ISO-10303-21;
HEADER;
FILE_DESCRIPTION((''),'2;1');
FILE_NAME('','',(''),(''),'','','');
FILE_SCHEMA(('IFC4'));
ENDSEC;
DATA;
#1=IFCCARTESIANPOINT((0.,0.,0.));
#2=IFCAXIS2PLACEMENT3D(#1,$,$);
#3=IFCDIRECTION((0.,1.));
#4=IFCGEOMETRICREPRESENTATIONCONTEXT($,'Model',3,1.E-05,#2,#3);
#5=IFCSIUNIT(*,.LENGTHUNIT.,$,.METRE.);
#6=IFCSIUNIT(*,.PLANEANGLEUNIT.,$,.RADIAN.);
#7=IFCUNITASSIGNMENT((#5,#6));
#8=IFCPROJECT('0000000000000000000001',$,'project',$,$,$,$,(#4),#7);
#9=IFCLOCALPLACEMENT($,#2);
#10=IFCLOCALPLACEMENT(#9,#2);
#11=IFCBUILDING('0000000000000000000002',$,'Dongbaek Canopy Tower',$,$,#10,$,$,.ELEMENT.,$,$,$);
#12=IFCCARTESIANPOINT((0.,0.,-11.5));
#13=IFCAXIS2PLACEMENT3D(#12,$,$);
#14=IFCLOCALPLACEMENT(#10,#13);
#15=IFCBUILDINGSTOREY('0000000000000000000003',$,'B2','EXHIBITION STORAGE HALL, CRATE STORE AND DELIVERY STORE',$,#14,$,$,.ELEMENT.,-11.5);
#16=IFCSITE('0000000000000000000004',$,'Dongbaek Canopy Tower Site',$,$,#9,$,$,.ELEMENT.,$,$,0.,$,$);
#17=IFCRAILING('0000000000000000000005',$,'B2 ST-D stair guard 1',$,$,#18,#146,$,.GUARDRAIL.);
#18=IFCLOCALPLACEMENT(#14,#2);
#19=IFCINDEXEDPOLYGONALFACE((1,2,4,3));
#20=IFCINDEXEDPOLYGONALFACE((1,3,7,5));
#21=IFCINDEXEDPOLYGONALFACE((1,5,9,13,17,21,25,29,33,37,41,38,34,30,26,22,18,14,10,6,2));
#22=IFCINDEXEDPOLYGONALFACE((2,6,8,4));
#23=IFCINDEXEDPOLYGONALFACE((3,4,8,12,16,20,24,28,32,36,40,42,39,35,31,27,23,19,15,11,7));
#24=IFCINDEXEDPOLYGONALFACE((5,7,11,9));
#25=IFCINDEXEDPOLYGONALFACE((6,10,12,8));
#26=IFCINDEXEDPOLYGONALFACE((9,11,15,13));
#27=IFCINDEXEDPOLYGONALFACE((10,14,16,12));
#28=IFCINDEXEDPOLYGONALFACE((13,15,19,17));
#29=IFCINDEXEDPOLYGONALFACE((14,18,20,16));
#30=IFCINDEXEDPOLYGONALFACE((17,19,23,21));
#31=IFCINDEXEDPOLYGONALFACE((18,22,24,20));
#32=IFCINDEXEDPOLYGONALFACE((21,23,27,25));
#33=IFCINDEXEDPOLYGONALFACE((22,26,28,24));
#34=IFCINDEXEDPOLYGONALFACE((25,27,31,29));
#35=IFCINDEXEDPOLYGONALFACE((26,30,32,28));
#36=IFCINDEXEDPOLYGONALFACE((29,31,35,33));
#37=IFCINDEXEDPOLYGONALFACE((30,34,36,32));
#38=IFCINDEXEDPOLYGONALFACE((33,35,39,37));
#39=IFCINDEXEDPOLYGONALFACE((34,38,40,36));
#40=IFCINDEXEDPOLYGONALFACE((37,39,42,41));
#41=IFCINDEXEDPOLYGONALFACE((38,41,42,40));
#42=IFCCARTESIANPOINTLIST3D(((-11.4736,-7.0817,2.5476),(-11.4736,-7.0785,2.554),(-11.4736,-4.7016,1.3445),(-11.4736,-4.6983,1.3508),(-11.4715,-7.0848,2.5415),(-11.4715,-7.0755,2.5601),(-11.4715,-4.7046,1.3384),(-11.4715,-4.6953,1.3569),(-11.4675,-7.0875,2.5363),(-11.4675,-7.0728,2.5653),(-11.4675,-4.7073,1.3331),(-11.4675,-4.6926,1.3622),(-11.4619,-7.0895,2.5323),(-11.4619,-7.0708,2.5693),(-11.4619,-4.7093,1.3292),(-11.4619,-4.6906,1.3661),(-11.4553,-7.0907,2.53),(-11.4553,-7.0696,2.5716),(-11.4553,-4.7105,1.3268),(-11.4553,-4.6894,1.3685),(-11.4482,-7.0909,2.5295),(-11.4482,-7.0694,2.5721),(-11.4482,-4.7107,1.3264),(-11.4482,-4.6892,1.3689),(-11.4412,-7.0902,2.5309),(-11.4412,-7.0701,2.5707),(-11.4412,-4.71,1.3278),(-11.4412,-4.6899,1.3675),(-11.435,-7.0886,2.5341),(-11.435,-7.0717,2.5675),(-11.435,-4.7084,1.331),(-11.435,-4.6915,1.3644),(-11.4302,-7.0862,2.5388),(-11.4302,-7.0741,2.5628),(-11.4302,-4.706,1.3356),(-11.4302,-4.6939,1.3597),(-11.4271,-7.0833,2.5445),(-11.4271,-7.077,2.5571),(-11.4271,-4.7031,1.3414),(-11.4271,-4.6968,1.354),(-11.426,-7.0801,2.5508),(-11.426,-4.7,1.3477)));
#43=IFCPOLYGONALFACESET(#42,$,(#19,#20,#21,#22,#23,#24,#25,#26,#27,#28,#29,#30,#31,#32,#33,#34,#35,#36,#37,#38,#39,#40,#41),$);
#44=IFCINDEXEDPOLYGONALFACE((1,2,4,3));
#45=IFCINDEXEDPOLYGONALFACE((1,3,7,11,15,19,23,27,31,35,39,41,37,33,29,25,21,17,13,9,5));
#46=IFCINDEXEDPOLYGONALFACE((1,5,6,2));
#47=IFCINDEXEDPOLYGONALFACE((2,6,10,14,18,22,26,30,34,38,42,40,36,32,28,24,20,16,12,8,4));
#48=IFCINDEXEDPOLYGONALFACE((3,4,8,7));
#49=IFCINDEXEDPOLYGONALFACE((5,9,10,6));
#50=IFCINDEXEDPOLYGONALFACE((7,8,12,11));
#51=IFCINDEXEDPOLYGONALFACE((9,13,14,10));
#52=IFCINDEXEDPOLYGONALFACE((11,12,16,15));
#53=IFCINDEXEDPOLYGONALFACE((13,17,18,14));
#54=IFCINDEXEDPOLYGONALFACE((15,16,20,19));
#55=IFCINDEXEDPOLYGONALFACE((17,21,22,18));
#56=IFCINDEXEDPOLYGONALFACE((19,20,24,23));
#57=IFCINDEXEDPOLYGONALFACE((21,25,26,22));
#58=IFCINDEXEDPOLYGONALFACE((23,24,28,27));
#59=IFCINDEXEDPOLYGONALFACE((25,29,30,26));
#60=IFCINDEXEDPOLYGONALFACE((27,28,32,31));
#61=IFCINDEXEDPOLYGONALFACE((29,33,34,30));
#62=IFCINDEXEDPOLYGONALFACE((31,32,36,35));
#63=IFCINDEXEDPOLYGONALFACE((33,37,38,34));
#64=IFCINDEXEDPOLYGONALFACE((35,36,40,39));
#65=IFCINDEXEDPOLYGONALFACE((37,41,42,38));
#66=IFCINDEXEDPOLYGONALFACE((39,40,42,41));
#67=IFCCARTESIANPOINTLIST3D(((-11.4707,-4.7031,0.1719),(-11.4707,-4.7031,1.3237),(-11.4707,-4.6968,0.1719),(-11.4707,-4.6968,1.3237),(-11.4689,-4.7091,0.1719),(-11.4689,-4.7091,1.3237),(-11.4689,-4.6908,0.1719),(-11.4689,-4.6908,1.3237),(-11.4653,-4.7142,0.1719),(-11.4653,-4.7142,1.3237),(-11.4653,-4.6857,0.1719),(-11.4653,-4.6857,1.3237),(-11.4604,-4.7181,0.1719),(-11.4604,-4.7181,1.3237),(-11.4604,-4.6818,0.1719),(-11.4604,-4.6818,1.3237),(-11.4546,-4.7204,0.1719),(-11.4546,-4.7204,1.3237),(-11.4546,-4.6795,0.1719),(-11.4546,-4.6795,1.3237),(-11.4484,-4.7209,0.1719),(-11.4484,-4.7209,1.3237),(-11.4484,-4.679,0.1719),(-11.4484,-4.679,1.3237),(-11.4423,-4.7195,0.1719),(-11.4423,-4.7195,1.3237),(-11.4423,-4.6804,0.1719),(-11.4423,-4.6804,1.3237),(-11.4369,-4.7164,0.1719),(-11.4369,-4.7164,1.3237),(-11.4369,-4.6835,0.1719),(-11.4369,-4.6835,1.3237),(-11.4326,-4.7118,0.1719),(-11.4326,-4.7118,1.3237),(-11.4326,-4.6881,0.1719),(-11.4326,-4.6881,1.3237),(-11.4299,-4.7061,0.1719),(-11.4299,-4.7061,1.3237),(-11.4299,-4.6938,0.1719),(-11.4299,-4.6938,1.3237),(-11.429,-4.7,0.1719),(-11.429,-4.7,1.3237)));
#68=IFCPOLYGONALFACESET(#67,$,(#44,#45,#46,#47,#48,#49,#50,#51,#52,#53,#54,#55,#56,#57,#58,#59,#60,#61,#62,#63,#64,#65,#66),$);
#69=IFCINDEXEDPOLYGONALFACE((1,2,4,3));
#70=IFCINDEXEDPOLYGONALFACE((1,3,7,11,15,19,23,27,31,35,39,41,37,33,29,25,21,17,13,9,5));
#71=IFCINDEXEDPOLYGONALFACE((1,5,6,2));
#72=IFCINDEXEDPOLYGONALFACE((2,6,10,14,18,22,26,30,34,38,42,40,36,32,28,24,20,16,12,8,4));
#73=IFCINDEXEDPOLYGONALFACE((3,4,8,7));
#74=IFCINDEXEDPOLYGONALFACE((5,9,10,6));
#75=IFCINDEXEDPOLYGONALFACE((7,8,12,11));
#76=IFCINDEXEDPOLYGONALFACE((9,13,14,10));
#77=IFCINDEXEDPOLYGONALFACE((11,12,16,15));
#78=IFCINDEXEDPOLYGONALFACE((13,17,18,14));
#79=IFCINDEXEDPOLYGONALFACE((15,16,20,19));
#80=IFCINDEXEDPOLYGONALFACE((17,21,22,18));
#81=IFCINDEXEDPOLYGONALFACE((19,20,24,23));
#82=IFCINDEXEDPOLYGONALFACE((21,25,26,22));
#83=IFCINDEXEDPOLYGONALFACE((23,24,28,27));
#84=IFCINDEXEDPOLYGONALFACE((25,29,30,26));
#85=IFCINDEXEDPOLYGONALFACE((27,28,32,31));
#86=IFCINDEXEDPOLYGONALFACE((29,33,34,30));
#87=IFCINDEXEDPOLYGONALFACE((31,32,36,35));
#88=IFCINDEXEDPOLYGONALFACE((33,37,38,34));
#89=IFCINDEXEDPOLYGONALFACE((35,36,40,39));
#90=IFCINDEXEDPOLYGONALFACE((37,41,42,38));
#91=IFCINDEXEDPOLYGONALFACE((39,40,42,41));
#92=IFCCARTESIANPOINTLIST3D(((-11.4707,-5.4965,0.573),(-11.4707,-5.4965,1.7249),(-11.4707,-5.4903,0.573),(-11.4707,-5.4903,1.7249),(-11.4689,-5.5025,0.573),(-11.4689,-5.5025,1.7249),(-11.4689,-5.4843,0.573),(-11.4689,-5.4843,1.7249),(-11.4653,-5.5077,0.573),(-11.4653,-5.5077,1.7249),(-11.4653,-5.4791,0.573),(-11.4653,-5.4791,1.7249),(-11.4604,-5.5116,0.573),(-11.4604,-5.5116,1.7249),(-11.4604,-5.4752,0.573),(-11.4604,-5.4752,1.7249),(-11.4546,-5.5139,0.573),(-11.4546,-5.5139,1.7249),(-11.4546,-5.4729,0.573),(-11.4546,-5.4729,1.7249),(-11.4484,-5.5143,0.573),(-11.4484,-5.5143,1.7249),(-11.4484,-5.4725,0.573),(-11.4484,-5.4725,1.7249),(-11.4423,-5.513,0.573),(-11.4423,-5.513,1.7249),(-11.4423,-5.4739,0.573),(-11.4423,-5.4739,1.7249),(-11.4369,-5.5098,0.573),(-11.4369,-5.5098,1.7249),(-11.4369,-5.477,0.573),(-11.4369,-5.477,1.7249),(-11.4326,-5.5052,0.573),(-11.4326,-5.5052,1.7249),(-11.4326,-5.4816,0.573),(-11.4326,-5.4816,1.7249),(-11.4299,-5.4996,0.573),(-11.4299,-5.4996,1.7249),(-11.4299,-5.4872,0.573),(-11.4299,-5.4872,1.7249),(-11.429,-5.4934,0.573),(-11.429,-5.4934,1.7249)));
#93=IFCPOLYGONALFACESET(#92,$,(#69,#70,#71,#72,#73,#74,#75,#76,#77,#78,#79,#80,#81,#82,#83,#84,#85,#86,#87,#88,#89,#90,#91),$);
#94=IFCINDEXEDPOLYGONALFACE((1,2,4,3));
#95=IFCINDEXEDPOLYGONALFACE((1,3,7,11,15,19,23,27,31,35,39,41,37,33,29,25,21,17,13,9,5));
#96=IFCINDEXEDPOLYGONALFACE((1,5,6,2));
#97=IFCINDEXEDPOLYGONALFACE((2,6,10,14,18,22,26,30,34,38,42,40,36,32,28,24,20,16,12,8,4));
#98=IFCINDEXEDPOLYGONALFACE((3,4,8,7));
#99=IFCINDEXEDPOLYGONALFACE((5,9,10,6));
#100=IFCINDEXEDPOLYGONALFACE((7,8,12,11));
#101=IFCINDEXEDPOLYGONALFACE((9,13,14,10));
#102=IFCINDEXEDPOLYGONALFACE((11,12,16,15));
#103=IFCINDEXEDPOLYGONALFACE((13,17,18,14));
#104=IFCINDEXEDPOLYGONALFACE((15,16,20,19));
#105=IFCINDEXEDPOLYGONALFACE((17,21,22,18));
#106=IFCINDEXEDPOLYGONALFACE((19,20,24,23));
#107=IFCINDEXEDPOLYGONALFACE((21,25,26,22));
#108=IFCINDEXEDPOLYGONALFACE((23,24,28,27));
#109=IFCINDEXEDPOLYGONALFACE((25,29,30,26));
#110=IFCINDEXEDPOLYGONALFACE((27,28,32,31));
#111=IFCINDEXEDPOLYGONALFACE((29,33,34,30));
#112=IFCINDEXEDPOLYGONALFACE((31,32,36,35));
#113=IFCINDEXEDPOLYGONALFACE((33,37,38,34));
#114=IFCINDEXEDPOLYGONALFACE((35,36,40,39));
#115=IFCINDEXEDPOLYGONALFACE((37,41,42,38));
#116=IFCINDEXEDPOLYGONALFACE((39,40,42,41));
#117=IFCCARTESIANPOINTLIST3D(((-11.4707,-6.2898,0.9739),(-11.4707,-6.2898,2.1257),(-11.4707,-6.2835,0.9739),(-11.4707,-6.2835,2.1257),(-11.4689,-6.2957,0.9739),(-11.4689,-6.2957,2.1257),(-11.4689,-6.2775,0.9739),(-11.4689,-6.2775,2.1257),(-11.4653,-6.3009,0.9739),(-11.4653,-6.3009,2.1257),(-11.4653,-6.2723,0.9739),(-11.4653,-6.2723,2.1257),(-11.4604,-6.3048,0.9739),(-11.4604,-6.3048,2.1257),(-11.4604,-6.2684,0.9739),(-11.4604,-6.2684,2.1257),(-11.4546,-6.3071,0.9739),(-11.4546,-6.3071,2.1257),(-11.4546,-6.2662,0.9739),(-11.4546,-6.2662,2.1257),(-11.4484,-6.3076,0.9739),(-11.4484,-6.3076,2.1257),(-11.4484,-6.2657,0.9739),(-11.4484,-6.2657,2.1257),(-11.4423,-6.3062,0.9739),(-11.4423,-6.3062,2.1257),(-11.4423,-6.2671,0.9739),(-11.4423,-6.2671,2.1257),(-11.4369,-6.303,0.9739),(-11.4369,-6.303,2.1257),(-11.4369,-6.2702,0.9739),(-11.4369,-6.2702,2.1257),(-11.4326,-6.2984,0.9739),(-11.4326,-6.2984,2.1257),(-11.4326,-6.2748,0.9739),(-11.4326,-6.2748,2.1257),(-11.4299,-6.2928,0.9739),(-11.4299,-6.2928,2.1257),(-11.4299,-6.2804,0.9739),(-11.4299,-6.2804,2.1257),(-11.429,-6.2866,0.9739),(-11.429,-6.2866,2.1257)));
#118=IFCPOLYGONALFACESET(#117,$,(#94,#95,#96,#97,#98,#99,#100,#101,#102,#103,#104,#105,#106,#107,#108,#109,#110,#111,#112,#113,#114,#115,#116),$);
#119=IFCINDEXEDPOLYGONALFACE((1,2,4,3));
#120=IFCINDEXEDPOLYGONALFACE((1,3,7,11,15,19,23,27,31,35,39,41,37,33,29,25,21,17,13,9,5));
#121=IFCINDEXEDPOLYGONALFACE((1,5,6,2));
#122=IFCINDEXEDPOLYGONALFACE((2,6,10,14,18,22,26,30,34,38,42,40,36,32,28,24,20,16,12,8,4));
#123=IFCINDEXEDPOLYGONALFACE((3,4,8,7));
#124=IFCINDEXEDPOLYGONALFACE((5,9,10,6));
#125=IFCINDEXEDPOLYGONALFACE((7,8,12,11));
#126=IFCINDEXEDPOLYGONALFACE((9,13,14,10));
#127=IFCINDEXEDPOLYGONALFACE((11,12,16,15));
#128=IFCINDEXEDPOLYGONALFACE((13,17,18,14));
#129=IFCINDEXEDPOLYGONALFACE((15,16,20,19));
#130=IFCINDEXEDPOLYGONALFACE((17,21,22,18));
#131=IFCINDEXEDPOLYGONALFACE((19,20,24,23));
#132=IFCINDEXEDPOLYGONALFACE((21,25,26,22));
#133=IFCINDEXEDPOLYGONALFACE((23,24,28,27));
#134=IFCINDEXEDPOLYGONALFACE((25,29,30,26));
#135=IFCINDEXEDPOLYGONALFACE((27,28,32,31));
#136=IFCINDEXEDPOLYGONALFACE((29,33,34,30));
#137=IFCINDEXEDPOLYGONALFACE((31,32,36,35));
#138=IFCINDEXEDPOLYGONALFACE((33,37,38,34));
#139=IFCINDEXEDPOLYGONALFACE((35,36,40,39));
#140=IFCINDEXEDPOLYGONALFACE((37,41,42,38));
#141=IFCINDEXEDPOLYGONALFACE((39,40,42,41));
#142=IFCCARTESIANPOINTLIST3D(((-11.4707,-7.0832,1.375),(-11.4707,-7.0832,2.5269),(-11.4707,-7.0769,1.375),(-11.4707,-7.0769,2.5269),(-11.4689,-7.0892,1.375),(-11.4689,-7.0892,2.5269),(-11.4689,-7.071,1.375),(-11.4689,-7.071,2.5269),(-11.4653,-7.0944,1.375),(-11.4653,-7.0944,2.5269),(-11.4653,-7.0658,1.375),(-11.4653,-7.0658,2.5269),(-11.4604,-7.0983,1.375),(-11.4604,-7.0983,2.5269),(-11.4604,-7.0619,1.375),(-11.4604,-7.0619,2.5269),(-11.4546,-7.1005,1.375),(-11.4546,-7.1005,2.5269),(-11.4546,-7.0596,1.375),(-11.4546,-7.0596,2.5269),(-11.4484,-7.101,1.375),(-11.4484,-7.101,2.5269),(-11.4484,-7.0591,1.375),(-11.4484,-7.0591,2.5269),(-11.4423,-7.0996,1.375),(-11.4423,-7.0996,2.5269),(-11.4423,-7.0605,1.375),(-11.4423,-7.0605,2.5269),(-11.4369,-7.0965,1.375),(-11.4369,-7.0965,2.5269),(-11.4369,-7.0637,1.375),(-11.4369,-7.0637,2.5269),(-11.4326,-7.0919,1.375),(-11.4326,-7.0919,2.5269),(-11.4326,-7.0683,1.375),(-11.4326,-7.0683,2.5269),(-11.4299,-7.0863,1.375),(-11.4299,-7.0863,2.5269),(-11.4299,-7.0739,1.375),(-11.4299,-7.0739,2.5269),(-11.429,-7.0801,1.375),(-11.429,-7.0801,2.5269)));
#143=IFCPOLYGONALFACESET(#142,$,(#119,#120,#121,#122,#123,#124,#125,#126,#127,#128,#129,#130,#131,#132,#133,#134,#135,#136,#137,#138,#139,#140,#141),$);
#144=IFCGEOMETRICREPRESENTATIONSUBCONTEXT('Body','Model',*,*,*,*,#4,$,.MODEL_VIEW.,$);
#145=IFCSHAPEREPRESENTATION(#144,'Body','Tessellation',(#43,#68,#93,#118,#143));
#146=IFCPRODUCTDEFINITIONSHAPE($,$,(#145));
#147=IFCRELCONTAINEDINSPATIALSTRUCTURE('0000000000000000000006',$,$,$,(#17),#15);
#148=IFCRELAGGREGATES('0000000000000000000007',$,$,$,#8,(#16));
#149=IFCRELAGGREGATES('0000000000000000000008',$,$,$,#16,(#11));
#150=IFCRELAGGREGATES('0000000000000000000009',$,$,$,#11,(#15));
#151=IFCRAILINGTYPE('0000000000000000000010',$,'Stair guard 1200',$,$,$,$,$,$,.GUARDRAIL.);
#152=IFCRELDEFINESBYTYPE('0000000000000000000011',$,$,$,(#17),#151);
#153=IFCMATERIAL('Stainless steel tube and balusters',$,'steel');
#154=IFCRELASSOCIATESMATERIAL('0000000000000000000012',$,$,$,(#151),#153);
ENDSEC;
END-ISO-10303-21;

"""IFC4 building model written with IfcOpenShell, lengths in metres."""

from ifc_helpers import new_model, si_unit, direction, frame, origin, origin_2d, place, context, subcontext, project, spatial, circle, extrude, material, type_object, element, save


model = new_model("IFC4")

# Units and contexts
model_context = context("Model", 3, precision=1e-05, world=origin(), true_north=direction((0.0, 1.0)))
body_context = subcontext(model_context, "Body", "Model", "MODEL_VIEW")
ifc_project = project(units=[si_unit("LENGTHUNIT", "METRE"), si_unit("PLANEANGLEUNIT", "RADIAN")], contexts=[model_context])

# Site, building, storey
site_placement = place(None, origin())
site = spatial("IfcSite", under=ifc_project, at=site_placement, Name="Dongbaek Canopy Tower Site", CompositionType="ELEMENT", RefElevation=0.0)
building_placement = place(site_placement, origin())
building = spatial("IfcBuilding", under=site, at=building_placement, Name="Dongbaek Canopy Tower", CompositionType="ELEMENT")
storey_placement = place(building_placement, frame((0.0, 0.0, -11.5)))
storey = spatial("IfcBuildingStorey", under=building, at=storey_placement, Name="B2", Description="EXHIBITION STORAGE HALL, CRATE STORE AND DELIVERY STORE", CompositionType="ELEMENT", Elevation=-11.5)

# Railing
ifc_material_1 = material(Name="Stainless steel tube and balusters", Category="steel")
railing_type_1 = type_object("IfcRailingType", Name="Stair guard 1200", PredefinedType="GUARDRAIL", material=ifc_material_1)
railing_1_placement = place(storey_placement, frame((-11.45, -4.7, 0.1719)))
element("IfcRailing", 1, at=railing_1_placement, inside=storey, type_object=railing_type_1, Name="B2 ST-D stair guard 1", PredefinedType="GUARDRAIL", context=body_context, shape_type="SweptSolid", body=[
    extrude(circle(Radius=0.0239, at=origin_2d()), frame((0.0, 0.0, 1.1758), z_axis=(0.0, -0.89246, 0.451127), x_axis=(1.0, 0.0, 0.0)), (0.0, 0.0, 1.0), 2.667),
    extrude(circle(Radius=0.021, at=origin_2d()), origin(), (0.0, 0.0, 1.0), 1.1519),
    extrude(circle(Radius=0.021, at=origin_2d()), frame((0.0, -0.7935, 0.4011)), (0.0, 0.0, 1.0), 1.1519),
    extrude(circle(Radius=0.021, at=origin_2d()), frame((0.0, -1.5867, 0.802)), (0.0, 0.0, 1.0), 1.1519),
    extrude(circle(Radius=0.021, at=origin_2d()), frame((0.0, -2.3801, 1.2031)), (0.0, 0.0, 1.0), 1.1519),
])

save(model, "model.ifc")
